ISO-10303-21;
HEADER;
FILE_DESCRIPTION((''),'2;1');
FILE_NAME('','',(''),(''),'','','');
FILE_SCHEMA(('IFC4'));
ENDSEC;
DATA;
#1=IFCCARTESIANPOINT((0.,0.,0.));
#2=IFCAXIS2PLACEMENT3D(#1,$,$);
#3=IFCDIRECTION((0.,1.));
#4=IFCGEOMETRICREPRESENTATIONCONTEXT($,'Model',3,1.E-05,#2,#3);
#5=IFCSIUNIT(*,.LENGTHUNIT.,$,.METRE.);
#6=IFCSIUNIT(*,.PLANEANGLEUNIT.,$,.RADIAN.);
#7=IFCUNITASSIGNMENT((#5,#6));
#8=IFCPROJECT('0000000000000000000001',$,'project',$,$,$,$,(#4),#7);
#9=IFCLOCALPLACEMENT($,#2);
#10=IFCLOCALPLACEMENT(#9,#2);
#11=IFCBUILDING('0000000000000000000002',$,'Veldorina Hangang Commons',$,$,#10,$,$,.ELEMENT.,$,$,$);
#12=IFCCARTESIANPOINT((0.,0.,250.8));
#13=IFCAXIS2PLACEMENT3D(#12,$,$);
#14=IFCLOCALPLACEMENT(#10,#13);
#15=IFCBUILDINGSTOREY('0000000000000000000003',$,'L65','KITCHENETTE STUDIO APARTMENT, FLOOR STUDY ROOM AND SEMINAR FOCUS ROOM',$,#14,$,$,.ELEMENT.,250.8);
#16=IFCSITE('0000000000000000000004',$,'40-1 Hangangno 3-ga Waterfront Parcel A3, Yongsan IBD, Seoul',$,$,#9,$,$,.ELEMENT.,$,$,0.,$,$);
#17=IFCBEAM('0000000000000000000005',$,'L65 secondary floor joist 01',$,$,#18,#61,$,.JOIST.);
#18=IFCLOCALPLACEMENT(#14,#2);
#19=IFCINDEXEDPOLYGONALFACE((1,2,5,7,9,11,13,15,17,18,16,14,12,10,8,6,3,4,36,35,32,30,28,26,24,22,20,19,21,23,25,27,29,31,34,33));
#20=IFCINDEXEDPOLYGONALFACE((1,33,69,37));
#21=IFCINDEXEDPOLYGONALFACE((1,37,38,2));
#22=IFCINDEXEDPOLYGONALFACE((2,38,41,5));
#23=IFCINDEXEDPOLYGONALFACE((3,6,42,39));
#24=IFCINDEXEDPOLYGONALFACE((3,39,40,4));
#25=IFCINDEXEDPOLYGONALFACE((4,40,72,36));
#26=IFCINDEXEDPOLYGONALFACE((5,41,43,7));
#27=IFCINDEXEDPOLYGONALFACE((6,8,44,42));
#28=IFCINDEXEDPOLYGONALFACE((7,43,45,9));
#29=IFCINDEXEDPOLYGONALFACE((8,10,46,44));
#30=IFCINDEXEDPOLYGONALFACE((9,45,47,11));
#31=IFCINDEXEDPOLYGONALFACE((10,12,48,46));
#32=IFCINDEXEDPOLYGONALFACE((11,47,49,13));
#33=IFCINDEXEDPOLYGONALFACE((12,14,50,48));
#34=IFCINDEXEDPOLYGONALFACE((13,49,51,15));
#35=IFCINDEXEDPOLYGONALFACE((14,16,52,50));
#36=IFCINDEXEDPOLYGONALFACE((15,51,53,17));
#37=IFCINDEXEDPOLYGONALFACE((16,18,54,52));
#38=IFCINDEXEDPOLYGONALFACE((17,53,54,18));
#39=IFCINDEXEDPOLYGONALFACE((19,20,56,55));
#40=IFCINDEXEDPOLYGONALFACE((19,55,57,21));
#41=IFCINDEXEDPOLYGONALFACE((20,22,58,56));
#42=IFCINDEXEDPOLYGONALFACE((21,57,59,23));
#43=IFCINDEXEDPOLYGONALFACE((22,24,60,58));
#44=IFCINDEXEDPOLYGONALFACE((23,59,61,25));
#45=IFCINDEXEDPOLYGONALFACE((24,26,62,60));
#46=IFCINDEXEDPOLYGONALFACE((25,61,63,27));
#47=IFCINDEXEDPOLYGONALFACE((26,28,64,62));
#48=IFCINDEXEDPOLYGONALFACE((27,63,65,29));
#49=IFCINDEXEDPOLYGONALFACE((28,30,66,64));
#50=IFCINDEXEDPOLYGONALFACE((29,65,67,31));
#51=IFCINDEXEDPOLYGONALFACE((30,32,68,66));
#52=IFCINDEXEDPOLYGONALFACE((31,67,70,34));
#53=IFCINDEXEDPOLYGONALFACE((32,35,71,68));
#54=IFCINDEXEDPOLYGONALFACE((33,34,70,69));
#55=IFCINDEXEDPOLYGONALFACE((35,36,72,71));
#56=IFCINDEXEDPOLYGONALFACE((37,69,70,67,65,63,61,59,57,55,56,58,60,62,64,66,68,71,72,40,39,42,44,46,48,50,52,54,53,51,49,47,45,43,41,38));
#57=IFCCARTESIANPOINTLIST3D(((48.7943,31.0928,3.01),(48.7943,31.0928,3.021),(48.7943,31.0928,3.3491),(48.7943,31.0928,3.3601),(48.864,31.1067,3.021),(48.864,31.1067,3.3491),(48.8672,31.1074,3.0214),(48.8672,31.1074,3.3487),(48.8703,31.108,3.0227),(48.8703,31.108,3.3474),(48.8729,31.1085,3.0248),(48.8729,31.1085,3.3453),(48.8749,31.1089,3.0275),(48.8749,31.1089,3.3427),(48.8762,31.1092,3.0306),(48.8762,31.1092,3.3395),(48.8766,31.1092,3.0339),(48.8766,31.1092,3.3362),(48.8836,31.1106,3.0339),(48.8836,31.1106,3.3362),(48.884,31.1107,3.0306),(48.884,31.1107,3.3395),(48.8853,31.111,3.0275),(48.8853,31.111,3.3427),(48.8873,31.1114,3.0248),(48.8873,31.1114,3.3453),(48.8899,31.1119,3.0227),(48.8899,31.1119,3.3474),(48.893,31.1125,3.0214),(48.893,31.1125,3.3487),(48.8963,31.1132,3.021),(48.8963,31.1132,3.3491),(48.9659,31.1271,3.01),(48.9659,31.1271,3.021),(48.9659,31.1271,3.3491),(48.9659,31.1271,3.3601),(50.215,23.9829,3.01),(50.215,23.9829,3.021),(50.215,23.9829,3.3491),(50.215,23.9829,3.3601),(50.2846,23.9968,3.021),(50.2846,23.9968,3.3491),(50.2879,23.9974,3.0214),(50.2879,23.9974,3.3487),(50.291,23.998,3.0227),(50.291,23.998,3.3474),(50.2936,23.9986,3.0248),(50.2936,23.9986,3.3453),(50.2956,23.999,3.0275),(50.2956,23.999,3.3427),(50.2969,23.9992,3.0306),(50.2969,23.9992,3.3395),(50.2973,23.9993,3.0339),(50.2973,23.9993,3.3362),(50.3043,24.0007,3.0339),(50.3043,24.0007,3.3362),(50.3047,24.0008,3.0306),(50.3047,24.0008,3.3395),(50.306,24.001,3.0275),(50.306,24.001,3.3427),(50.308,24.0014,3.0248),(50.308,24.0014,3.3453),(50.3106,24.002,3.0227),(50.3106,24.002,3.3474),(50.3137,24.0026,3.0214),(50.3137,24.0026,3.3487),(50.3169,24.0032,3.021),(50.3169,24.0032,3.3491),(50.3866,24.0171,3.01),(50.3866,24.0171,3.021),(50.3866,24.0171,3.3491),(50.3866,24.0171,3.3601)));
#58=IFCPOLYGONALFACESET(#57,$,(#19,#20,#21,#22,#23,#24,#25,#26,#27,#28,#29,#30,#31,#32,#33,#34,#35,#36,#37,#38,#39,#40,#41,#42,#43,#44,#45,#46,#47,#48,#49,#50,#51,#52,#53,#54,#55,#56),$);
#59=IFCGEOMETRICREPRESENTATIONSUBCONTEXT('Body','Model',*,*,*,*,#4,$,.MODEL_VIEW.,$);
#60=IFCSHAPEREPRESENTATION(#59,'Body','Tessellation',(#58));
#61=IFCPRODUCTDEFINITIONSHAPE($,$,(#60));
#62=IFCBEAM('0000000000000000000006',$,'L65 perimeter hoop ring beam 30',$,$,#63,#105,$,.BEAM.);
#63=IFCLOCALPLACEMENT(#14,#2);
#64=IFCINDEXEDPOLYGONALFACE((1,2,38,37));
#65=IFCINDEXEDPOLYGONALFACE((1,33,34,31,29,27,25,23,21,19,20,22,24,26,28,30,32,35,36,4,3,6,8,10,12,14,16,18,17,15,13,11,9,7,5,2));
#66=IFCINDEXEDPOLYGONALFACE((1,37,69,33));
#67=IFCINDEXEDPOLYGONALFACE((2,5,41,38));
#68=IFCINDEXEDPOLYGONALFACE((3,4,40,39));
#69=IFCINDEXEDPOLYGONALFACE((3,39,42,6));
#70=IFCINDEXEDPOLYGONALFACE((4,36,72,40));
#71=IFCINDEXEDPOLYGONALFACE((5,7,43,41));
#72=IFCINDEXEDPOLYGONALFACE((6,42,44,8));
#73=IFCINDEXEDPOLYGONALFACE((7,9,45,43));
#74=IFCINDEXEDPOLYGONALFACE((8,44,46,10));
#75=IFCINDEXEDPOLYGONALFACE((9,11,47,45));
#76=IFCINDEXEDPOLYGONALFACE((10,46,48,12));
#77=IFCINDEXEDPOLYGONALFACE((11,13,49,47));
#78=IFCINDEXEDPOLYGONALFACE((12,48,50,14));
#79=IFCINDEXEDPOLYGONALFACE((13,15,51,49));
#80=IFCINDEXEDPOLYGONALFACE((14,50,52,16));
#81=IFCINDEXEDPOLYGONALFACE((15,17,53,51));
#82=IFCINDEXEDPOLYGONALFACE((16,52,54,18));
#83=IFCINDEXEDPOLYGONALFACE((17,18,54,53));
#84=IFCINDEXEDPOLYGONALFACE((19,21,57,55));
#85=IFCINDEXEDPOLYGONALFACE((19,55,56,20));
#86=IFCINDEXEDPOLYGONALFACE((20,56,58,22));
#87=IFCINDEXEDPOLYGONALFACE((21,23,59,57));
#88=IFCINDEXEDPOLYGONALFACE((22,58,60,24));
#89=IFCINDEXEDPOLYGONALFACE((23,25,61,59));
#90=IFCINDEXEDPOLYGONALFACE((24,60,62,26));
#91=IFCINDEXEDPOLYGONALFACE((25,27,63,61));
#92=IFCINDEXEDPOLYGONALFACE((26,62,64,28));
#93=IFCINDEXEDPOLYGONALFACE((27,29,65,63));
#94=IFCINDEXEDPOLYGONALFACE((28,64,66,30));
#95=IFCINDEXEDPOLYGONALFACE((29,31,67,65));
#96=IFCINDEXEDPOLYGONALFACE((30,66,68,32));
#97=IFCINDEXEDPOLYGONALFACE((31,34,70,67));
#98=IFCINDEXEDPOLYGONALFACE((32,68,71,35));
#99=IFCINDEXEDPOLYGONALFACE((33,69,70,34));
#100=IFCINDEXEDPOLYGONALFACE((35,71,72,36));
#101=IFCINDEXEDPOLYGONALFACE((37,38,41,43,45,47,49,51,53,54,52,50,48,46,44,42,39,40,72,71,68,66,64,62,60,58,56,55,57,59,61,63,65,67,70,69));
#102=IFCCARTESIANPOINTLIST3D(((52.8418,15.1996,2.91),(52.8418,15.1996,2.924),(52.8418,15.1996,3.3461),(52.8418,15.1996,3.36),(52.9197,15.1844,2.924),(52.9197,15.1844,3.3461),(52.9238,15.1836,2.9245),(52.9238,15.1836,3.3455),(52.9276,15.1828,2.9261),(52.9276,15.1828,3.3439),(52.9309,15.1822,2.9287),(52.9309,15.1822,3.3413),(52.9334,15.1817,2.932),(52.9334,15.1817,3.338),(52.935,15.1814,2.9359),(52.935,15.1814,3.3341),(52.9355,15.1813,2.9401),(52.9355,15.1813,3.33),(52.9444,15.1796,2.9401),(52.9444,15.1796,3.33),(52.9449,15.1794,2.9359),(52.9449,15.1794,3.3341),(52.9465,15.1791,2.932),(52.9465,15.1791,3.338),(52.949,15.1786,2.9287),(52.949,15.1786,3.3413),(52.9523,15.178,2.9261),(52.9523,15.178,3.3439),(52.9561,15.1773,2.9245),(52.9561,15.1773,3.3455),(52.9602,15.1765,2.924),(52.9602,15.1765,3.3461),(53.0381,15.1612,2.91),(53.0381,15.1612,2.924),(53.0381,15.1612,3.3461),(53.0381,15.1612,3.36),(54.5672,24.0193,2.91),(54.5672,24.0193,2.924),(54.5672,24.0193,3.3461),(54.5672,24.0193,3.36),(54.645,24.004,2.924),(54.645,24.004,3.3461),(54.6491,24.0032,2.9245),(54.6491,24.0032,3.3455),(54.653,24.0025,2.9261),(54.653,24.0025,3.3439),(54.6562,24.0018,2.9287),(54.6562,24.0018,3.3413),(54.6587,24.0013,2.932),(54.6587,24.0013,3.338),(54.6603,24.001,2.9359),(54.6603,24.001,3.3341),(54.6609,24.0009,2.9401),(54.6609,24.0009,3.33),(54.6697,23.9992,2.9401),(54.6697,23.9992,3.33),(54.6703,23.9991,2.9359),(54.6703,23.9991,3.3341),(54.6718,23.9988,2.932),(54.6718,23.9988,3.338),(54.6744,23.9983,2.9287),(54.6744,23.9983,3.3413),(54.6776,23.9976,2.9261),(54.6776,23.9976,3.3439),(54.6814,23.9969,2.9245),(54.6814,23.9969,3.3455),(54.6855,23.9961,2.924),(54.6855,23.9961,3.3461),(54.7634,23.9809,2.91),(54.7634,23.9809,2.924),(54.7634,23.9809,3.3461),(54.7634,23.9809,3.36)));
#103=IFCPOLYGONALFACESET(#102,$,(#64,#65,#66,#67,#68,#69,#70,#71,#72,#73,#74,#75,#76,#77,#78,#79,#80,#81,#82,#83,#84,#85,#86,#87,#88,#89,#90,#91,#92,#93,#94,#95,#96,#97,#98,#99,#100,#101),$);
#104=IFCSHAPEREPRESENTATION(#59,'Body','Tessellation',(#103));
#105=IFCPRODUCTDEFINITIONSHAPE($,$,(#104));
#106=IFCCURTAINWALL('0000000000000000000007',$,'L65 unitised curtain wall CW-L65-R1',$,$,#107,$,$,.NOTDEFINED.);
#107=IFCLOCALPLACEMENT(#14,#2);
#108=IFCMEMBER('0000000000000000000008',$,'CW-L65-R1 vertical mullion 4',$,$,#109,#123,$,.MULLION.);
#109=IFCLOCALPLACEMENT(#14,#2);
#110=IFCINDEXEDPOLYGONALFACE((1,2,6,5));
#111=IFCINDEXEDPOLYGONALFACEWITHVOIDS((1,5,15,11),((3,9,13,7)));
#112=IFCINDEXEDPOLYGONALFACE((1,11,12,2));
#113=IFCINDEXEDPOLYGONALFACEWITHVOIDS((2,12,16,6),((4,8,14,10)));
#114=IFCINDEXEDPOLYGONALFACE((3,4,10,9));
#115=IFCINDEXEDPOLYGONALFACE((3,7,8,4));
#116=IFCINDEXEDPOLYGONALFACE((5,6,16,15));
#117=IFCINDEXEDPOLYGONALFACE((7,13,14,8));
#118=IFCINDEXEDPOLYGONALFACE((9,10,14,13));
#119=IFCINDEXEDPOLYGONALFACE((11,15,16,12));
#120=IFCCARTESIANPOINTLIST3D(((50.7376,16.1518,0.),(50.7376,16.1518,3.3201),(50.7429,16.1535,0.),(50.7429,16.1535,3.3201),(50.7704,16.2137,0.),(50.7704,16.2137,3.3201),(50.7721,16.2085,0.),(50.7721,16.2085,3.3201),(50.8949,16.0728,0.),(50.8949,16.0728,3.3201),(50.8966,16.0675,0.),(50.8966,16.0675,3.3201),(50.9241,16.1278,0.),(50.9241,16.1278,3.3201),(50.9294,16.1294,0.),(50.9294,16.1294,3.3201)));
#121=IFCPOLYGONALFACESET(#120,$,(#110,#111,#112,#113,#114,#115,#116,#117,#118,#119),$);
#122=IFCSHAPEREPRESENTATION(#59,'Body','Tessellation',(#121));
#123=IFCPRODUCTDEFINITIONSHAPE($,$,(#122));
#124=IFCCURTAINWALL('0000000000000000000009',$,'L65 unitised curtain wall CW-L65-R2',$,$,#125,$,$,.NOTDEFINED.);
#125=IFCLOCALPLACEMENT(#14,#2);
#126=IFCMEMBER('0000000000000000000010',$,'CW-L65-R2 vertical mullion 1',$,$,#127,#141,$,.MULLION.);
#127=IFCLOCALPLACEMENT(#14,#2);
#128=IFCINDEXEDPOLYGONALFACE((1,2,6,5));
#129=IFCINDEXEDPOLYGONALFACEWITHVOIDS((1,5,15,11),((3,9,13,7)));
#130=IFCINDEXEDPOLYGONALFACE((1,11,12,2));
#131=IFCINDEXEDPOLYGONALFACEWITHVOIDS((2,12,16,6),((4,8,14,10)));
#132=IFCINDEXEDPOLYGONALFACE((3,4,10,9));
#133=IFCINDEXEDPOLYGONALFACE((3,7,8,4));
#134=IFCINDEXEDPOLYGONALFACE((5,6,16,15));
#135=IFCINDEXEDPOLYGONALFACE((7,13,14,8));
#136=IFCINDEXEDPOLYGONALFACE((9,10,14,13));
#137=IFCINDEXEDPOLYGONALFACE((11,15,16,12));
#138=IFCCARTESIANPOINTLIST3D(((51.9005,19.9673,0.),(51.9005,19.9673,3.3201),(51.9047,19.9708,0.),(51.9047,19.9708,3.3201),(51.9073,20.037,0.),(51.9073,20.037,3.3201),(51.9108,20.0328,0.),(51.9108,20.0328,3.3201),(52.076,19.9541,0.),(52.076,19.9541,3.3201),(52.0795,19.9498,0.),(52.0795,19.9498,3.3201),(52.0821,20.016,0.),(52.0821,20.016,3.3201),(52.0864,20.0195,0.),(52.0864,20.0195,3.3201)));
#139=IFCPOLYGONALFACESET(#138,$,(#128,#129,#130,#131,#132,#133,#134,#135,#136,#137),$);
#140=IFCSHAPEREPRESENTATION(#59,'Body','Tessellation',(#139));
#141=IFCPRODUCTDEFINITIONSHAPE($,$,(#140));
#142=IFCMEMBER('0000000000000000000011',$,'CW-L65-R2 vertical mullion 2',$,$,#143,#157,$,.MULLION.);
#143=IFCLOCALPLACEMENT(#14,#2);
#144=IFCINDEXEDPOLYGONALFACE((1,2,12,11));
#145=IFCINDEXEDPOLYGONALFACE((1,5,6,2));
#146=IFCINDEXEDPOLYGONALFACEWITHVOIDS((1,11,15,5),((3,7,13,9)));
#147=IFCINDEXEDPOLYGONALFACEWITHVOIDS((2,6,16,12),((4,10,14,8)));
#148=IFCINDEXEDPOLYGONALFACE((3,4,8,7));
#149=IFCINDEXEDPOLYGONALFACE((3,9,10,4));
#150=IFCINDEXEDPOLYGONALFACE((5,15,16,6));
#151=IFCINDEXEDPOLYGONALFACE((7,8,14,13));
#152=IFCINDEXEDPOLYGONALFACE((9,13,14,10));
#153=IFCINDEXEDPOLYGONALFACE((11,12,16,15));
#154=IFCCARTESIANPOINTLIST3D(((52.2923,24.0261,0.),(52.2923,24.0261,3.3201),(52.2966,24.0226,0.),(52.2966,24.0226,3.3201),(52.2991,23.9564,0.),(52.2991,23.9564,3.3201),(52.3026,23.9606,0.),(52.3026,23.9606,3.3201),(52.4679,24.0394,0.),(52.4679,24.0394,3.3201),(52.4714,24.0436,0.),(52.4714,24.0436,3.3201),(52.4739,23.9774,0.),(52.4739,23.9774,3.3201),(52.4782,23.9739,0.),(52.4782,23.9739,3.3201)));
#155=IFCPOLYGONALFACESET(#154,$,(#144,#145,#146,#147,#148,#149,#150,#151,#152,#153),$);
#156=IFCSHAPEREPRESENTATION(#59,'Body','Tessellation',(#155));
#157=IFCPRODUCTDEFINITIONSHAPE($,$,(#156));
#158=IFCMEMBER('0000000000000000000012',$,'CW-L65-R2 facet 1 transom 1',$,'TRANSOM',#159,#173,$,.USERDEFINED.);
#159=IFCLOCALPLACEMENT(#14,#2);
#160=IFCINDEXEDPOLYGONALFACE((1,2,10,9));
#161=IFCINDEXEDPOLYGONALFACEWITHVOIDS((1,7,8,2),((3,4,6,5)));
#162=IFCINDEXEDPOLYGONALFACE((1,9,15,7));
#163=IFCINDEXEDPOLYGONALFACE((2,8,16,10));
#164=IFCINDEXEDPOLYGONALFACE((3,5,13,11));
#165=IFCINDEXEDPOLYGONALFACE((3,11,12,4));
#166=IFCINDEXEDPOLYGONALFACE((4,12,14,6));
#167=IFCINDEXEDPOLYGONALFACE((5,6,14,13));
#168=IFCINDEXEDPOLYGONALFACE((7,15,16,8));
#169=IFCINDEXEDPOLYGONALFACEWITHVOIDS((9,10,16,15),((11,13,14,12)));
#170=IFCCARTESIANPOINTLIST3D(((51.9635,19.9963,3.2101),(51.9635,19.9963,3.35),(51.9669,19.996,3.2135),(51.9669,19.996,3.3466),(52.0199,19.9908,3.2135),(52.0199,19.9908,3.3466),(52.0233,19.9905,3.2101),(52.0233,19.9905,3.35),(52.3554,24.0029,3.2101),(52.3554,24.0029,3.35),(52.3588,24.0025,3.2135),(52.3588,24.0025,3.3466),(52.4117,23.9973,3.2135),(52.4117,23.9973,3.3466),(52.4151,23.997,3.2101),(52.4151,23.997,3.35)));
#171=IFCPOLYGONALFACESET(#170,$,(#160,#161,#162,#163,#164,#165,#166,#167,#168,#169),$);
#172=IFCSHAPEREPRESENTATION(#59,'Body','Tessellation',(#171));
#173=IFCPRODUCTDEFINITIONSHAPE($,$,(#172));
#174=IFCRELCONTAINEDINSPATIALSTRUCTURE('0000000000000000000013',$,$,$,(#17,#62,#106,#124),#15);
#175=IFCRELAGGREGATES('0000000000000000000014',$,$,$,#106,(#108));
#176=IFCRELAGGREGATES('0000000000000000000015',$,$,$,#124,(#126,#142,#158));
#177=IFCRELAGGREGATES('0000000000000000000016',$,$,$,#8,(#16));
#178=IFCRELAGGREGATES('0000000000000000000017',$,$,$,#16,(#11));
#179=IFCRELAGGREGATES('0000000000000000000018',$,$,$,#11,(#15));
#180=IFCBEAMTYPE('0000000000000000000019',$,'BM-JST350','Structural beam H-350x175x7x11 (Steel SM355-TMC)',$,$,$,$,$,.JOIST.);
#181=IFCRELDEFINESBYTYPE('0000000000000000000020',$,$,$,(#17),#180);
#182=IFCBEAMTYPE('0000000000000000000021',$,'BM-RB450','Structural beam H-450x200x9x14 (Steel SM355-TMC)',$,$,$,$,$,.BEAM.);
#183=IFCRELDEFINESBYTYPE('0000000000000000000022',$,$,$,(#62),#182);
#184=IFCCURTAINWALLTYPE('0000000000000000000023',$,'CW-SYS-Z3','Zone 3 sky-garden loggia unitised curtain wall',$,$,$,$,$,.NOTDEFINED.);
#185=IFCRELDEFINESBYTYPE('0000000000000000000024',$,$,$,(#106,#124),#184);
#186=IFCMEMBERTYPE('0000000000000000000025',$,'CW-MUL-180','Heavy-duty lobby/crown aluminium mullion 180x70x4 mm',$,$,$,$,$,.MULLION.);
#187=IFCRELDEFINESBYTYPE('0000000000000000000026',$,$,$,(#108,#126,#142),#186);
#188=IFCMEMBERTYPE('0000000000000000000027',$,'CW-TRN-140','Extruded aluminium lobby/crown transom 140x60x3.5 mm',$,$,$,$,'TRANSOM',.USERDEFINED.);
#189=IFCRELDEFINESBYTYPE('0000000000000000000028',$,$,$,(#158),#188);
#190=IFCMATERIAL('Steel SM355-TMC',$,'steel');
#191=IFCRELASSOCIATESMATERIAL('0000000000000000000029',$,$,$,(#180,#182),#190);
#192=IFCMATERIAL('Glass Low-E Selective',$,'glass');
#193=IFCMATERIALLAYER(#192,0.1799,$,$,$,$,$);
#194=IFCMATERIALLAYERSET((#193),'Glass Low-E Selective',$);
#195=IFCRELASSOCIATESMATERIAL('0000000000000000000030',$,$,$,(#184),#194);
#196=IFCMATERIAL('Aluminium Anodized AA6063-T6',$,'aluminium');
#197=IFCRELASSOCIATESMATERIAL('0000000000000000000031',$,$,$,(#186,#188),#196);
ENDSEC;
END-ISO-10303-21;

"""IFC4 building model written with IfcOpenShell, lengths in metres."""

from ifc_helpers import new_model, si_unit, direction, frame, origin, origin_2d, place, context, subcontext, project, spatial, hollow_rectangle, i_section, extrude, material, layer, layer_set, material_profile, profile_set, type_object, element, aggregate, save


model = new_model("IFC4")

# Units and contexts
model_context = context("Model", 3, precision=1e-05, world=origin(), true_north=direction((0.0, 1.0)))
body_context = subcontext(model_context, "Body", "Model", "MODEL_VIEW")
ifc_project = project(units=[si_unit("LENGTHUNIT", "METRE"), si_unit("PLANEANGLEUNIT", "RADIAN")], contexts=[model_context])

# Site, building, storey
site_placement = place(None, origin())
site = spatial("IfcSite", under=ifc_project, at=site_placement, Name="40-1 Hangangno 3-ga Waterfront Parcel A3, Yongsan IBD, Seoul", CompositionType="ELEMENT", RefElevation=0.0)
building_placement = place(site_placement, origin())
building = spatial("IfcBuilding", under=site, at=building_placement, Name="Veldorina Hangang Commons", CompositionType="ELEMENT")
storey_placement = place(building_placement, frame((0.0, 0.0, 250.8)))
storey = spatial("IfcBuildingStorey", under=building, at=storey_placement, Name="L65", Description="KITCHENETTE STUDIO APARTMENT, FLOOR STUDY ROOM AND SEMINAR FOCUS ROOM", CompositionType="ELEMENT", Elevation=250.8)

# Beams
ifc_material_1 = material(Name="Steel SM355-TMC", Category="steel")
ifc_material_profile_1 = material_profile(ifc_material_1, i_section(OverallWidth=0.175, OverallDepth=0.3501, WebThickness=0.0071, FlangeThickness=0.011, FilletRadius=0.0129, at=origin_2d()), Name="H-350x175x7x11")
ifc_profile_set_1 = profile_set([ifc_material_profile_1], Name="Steel SM355-TMC")
beam_type_1 = type_object("IfcBeamType", Name="BM-JST350", Description="Structural beam H-350x175x7x11 (Steel SM355-TMC)", PredefinedType="JOIST", material=ifc_profile_set_1)
beam_1_placement = place(storey_placement, frame((50.3008, 24.0, 3.1851), z_axis=(-0.195941, 0.980616, 0.0), x_axis=(-0.980616, -0.195941, 0.0)))
element("IfcBeam", 1, at=beam_1_placement, inside=storey, type_object=beam_type_1, Name="L65 secondary floor joist 01", PredefinedType="JOIST", context=body_context, shape_type="SweptSolid", body=[
    extrude(i_section(OverallWidth=0.175, OverallDepth=0.3501, WebThickness=0.0071, FlangeThickness=0.011, FilletRadius=0.0129, at=origin_2d()), origin(), (0.0, 0.0, 1.0), 7.2505),
])
ifc_material_profile_2 = material_profile(ifc_material_1, i_section(OverallWidth=0.2, OverallDepth=0.45, WebThickness=0.009, FlangeThickness=0.0139, FilletRadius=0.0161, at=origin_2d()), Name="H-450x200x9x14")
ifc_profile_set_2 = profile_set([ifc_material_profile_2], Name="Steel SM355-TMC")
beam_type_2 = type_object("IfcBeamType", Name="BM-RB450", Description="Structural beam H-450x200x9x14 (Steel SM355-TMC)", PredefinedType="BEAM", material=ifc_profile_set_2)
beam_2_placement = place(storey_placement, frame((52.9399, 15.1804, 3.135), z_axis=(0.191987, 0.981397, 0.0), x_axis=(-0.981397, 0.191987, 0.0)))
element("IfcBeam", 2, at=beam_2_placement, inside=storey, type_object=beam_type_2, Name="L65 perimeter hoop ring beam 30", PredefinedType="BEAM", context=body_context, shape_type="SweptSolid", body=[
    extrude(i_section(OverallWidth=0.2, OverallDepth=0.45, WebThickness=0.009, FlangeThickness=0.0139, FilletRadius=0.0161, at=origin_2d()), origin(), (0.0, 0.0, 1.0), 8.9868),
])

# Curtain wall, member
ifc_material_2 = material(Name="Glass Low-E Selective", Category="glass")
ifc_layer_1 = layer(ifc_material_2, 0.1799)
ifc_layer_set_1 = layer_set([ifc_layer_1], Name="Glass Low-E Selective")
curtain_wall_type = type_object("IfcCurtainWallType", Name="CW-SYS-Z3", Description="Zone 3 sky-garden loggia unitised curtain wall", PredefinedType="NOTDEFINED", material=ifc_layer_set_1)
curtain_wall_1_placement = place(storey_placement, origin())
curtain_wall_1 = element("IfcCurtainWall", 3, at=curtain_wall_1_placement, inside=storey, type_object=curtain_wall_type, Name="L65 unitised curtain wall CW-L65-R1", PredefinedType="NOTDEFINED")
ifc_material_3 = material(Name="Aluminium Anodized AA6063-T6", Category="aluminium")
ifc_material_profile_3 = material_profile(ifc_material_3, hollow_rectangle(XDim=0.0701, YDim=0.1799, WallThickness=0.0039, at=origin_2d()), Name="ALU-RHS-180x70x4")
ifc_profile_set_3 = profile_set([ifc_material_profile_3], Name="Aluminium Anodized AA6063-T6")
member_type_1 = type_object("IfcMemberType", Name="CW-MUL-180", Description="Heavy-duty lobby/crown aluminium mullion 180x70x4 mm", PredefinedType="MULLION", material=ifc_profile_set_3)
member_1_placement = place(storey_placement, frame((50.8335, 16.1406, 0.0), z_axis=(0.0, 0.0, 1.0), x_axis=(-0.46867, -0.883373, 0.0)))
member_1 = element("IfcMember", 4, at=member_1_placement, type_object=member_type_1, Name="CW-L65-R1 vertical mullion 4", PredefinedType="MULLION", context=body_context, shape_type="SweptSolid", body=[
    extrude(hollow_rectangle(XDim=0.0701, YDim=0.1799, WallThickness=0.0039, at=origin_2d()), origin(), (0.0, 0.0, 1.0), 3.3201),
])

# Curtain wall, members
curtain_wall_2_placement = place(storey_placement, origin())
curtain_wall_2 = element("IfcCurtainWall", 5, at=curtain_wall_2_placement, inside=storey, type_object=curtain_wall_type, Name="L65 unitised curtain wall CW-L65-R2", PredefinedType="NOTDEFINED")
member_2_placement = place(storey_placement, frame((51.9934, 19.9934, 0.0), z_axis=(0.0, 0.0, 1.0), x_axis=(0.097305, 0.995255, 0.0)))
member_2 = element("IfcMember", 6, at=member_2_placement, type_object=member_type_1, Name="CW-L65-R2 vertical mullion 1", PredefinedType="MULLION", context=body_context, shape_type="SweptSolid", body=[
    extrude(hollow_rectangle(XDim=0.0701, YDim=0.1799, WallThickness=0.0039, at=origin_2d()), origin(), (0.0, 0.0, 1.0), 3.3201),
])
member_3_placement = place(storey_placement, frame((52.3853, 24.0, 0.0), z_axis=(0.0, 0.0, 1.0), x_axis=(-0.097305, 0.995255, 0.0)))
member_3 = element("IfcMember", 7, at=member_3_placement, type_object=member_type_1, Name="CW-L65-R2 vertical mullion 2", PredefinedType="MULLION", context=body_context, shape_type="SweptSolid", body=[
    extrude(hollow_rectangle(XDim=0.0701, YDim=0.1799, WallThickness=0.0039, at=origin_2d()), origin(), (0.0, 0.0, 1.0), 3.3201),
])
ifc_material_profile_4 = material_profile(ifc_material_3, hollow_rectangle(XDim=0.0601, YDim=0.1399, WallThickness=0.0034, at=origin_2d()), Name="ALU-RHS-140x60x3.5")
ifc_profile_set_4 = profile_set([ifc_material_profile_4], Name="Aluminium Anodized AA6063-T6")
member_type_2 = type_object("IfcMemberType", Name="CW-TRN-140", Description="Extruded aluminium lobby/crown transom 140x60x3.5 mm", ElementType="TRANSOM", PredefinedType="USERDEFINED", material=ifc_profile_set_4)
member_4_placement = place(storey_placement, frame((51.9934, 19.9934, 3.28), z_axis=(0.097336, 0.995252, 0.0), x_axis=(-0.995252, 0.097336, 0.0)))
member_4 = element("IfcMember", 8, at=member_4_placement, type_object=member_type_2, Name="CW-L65-R2 facet 1 transom 1", ObjectType="TRANSOM", PredefinedType="USERDEFINED", context=body_context, shape_type="SweptSolid", body=[
    extrude(hollow_rectangle(XDim=0.0601, YDim=0.1399, WallThickness=0.0034, at=origin_2d()), origin(), (0.0, 0.0, 1.0), 4.0256),
])

aggregate(curtain_wall_1, [member_1])
aggregate(curtain_wall_2, [member_2, member_3, member_4])

save(model, "model.ifc")
